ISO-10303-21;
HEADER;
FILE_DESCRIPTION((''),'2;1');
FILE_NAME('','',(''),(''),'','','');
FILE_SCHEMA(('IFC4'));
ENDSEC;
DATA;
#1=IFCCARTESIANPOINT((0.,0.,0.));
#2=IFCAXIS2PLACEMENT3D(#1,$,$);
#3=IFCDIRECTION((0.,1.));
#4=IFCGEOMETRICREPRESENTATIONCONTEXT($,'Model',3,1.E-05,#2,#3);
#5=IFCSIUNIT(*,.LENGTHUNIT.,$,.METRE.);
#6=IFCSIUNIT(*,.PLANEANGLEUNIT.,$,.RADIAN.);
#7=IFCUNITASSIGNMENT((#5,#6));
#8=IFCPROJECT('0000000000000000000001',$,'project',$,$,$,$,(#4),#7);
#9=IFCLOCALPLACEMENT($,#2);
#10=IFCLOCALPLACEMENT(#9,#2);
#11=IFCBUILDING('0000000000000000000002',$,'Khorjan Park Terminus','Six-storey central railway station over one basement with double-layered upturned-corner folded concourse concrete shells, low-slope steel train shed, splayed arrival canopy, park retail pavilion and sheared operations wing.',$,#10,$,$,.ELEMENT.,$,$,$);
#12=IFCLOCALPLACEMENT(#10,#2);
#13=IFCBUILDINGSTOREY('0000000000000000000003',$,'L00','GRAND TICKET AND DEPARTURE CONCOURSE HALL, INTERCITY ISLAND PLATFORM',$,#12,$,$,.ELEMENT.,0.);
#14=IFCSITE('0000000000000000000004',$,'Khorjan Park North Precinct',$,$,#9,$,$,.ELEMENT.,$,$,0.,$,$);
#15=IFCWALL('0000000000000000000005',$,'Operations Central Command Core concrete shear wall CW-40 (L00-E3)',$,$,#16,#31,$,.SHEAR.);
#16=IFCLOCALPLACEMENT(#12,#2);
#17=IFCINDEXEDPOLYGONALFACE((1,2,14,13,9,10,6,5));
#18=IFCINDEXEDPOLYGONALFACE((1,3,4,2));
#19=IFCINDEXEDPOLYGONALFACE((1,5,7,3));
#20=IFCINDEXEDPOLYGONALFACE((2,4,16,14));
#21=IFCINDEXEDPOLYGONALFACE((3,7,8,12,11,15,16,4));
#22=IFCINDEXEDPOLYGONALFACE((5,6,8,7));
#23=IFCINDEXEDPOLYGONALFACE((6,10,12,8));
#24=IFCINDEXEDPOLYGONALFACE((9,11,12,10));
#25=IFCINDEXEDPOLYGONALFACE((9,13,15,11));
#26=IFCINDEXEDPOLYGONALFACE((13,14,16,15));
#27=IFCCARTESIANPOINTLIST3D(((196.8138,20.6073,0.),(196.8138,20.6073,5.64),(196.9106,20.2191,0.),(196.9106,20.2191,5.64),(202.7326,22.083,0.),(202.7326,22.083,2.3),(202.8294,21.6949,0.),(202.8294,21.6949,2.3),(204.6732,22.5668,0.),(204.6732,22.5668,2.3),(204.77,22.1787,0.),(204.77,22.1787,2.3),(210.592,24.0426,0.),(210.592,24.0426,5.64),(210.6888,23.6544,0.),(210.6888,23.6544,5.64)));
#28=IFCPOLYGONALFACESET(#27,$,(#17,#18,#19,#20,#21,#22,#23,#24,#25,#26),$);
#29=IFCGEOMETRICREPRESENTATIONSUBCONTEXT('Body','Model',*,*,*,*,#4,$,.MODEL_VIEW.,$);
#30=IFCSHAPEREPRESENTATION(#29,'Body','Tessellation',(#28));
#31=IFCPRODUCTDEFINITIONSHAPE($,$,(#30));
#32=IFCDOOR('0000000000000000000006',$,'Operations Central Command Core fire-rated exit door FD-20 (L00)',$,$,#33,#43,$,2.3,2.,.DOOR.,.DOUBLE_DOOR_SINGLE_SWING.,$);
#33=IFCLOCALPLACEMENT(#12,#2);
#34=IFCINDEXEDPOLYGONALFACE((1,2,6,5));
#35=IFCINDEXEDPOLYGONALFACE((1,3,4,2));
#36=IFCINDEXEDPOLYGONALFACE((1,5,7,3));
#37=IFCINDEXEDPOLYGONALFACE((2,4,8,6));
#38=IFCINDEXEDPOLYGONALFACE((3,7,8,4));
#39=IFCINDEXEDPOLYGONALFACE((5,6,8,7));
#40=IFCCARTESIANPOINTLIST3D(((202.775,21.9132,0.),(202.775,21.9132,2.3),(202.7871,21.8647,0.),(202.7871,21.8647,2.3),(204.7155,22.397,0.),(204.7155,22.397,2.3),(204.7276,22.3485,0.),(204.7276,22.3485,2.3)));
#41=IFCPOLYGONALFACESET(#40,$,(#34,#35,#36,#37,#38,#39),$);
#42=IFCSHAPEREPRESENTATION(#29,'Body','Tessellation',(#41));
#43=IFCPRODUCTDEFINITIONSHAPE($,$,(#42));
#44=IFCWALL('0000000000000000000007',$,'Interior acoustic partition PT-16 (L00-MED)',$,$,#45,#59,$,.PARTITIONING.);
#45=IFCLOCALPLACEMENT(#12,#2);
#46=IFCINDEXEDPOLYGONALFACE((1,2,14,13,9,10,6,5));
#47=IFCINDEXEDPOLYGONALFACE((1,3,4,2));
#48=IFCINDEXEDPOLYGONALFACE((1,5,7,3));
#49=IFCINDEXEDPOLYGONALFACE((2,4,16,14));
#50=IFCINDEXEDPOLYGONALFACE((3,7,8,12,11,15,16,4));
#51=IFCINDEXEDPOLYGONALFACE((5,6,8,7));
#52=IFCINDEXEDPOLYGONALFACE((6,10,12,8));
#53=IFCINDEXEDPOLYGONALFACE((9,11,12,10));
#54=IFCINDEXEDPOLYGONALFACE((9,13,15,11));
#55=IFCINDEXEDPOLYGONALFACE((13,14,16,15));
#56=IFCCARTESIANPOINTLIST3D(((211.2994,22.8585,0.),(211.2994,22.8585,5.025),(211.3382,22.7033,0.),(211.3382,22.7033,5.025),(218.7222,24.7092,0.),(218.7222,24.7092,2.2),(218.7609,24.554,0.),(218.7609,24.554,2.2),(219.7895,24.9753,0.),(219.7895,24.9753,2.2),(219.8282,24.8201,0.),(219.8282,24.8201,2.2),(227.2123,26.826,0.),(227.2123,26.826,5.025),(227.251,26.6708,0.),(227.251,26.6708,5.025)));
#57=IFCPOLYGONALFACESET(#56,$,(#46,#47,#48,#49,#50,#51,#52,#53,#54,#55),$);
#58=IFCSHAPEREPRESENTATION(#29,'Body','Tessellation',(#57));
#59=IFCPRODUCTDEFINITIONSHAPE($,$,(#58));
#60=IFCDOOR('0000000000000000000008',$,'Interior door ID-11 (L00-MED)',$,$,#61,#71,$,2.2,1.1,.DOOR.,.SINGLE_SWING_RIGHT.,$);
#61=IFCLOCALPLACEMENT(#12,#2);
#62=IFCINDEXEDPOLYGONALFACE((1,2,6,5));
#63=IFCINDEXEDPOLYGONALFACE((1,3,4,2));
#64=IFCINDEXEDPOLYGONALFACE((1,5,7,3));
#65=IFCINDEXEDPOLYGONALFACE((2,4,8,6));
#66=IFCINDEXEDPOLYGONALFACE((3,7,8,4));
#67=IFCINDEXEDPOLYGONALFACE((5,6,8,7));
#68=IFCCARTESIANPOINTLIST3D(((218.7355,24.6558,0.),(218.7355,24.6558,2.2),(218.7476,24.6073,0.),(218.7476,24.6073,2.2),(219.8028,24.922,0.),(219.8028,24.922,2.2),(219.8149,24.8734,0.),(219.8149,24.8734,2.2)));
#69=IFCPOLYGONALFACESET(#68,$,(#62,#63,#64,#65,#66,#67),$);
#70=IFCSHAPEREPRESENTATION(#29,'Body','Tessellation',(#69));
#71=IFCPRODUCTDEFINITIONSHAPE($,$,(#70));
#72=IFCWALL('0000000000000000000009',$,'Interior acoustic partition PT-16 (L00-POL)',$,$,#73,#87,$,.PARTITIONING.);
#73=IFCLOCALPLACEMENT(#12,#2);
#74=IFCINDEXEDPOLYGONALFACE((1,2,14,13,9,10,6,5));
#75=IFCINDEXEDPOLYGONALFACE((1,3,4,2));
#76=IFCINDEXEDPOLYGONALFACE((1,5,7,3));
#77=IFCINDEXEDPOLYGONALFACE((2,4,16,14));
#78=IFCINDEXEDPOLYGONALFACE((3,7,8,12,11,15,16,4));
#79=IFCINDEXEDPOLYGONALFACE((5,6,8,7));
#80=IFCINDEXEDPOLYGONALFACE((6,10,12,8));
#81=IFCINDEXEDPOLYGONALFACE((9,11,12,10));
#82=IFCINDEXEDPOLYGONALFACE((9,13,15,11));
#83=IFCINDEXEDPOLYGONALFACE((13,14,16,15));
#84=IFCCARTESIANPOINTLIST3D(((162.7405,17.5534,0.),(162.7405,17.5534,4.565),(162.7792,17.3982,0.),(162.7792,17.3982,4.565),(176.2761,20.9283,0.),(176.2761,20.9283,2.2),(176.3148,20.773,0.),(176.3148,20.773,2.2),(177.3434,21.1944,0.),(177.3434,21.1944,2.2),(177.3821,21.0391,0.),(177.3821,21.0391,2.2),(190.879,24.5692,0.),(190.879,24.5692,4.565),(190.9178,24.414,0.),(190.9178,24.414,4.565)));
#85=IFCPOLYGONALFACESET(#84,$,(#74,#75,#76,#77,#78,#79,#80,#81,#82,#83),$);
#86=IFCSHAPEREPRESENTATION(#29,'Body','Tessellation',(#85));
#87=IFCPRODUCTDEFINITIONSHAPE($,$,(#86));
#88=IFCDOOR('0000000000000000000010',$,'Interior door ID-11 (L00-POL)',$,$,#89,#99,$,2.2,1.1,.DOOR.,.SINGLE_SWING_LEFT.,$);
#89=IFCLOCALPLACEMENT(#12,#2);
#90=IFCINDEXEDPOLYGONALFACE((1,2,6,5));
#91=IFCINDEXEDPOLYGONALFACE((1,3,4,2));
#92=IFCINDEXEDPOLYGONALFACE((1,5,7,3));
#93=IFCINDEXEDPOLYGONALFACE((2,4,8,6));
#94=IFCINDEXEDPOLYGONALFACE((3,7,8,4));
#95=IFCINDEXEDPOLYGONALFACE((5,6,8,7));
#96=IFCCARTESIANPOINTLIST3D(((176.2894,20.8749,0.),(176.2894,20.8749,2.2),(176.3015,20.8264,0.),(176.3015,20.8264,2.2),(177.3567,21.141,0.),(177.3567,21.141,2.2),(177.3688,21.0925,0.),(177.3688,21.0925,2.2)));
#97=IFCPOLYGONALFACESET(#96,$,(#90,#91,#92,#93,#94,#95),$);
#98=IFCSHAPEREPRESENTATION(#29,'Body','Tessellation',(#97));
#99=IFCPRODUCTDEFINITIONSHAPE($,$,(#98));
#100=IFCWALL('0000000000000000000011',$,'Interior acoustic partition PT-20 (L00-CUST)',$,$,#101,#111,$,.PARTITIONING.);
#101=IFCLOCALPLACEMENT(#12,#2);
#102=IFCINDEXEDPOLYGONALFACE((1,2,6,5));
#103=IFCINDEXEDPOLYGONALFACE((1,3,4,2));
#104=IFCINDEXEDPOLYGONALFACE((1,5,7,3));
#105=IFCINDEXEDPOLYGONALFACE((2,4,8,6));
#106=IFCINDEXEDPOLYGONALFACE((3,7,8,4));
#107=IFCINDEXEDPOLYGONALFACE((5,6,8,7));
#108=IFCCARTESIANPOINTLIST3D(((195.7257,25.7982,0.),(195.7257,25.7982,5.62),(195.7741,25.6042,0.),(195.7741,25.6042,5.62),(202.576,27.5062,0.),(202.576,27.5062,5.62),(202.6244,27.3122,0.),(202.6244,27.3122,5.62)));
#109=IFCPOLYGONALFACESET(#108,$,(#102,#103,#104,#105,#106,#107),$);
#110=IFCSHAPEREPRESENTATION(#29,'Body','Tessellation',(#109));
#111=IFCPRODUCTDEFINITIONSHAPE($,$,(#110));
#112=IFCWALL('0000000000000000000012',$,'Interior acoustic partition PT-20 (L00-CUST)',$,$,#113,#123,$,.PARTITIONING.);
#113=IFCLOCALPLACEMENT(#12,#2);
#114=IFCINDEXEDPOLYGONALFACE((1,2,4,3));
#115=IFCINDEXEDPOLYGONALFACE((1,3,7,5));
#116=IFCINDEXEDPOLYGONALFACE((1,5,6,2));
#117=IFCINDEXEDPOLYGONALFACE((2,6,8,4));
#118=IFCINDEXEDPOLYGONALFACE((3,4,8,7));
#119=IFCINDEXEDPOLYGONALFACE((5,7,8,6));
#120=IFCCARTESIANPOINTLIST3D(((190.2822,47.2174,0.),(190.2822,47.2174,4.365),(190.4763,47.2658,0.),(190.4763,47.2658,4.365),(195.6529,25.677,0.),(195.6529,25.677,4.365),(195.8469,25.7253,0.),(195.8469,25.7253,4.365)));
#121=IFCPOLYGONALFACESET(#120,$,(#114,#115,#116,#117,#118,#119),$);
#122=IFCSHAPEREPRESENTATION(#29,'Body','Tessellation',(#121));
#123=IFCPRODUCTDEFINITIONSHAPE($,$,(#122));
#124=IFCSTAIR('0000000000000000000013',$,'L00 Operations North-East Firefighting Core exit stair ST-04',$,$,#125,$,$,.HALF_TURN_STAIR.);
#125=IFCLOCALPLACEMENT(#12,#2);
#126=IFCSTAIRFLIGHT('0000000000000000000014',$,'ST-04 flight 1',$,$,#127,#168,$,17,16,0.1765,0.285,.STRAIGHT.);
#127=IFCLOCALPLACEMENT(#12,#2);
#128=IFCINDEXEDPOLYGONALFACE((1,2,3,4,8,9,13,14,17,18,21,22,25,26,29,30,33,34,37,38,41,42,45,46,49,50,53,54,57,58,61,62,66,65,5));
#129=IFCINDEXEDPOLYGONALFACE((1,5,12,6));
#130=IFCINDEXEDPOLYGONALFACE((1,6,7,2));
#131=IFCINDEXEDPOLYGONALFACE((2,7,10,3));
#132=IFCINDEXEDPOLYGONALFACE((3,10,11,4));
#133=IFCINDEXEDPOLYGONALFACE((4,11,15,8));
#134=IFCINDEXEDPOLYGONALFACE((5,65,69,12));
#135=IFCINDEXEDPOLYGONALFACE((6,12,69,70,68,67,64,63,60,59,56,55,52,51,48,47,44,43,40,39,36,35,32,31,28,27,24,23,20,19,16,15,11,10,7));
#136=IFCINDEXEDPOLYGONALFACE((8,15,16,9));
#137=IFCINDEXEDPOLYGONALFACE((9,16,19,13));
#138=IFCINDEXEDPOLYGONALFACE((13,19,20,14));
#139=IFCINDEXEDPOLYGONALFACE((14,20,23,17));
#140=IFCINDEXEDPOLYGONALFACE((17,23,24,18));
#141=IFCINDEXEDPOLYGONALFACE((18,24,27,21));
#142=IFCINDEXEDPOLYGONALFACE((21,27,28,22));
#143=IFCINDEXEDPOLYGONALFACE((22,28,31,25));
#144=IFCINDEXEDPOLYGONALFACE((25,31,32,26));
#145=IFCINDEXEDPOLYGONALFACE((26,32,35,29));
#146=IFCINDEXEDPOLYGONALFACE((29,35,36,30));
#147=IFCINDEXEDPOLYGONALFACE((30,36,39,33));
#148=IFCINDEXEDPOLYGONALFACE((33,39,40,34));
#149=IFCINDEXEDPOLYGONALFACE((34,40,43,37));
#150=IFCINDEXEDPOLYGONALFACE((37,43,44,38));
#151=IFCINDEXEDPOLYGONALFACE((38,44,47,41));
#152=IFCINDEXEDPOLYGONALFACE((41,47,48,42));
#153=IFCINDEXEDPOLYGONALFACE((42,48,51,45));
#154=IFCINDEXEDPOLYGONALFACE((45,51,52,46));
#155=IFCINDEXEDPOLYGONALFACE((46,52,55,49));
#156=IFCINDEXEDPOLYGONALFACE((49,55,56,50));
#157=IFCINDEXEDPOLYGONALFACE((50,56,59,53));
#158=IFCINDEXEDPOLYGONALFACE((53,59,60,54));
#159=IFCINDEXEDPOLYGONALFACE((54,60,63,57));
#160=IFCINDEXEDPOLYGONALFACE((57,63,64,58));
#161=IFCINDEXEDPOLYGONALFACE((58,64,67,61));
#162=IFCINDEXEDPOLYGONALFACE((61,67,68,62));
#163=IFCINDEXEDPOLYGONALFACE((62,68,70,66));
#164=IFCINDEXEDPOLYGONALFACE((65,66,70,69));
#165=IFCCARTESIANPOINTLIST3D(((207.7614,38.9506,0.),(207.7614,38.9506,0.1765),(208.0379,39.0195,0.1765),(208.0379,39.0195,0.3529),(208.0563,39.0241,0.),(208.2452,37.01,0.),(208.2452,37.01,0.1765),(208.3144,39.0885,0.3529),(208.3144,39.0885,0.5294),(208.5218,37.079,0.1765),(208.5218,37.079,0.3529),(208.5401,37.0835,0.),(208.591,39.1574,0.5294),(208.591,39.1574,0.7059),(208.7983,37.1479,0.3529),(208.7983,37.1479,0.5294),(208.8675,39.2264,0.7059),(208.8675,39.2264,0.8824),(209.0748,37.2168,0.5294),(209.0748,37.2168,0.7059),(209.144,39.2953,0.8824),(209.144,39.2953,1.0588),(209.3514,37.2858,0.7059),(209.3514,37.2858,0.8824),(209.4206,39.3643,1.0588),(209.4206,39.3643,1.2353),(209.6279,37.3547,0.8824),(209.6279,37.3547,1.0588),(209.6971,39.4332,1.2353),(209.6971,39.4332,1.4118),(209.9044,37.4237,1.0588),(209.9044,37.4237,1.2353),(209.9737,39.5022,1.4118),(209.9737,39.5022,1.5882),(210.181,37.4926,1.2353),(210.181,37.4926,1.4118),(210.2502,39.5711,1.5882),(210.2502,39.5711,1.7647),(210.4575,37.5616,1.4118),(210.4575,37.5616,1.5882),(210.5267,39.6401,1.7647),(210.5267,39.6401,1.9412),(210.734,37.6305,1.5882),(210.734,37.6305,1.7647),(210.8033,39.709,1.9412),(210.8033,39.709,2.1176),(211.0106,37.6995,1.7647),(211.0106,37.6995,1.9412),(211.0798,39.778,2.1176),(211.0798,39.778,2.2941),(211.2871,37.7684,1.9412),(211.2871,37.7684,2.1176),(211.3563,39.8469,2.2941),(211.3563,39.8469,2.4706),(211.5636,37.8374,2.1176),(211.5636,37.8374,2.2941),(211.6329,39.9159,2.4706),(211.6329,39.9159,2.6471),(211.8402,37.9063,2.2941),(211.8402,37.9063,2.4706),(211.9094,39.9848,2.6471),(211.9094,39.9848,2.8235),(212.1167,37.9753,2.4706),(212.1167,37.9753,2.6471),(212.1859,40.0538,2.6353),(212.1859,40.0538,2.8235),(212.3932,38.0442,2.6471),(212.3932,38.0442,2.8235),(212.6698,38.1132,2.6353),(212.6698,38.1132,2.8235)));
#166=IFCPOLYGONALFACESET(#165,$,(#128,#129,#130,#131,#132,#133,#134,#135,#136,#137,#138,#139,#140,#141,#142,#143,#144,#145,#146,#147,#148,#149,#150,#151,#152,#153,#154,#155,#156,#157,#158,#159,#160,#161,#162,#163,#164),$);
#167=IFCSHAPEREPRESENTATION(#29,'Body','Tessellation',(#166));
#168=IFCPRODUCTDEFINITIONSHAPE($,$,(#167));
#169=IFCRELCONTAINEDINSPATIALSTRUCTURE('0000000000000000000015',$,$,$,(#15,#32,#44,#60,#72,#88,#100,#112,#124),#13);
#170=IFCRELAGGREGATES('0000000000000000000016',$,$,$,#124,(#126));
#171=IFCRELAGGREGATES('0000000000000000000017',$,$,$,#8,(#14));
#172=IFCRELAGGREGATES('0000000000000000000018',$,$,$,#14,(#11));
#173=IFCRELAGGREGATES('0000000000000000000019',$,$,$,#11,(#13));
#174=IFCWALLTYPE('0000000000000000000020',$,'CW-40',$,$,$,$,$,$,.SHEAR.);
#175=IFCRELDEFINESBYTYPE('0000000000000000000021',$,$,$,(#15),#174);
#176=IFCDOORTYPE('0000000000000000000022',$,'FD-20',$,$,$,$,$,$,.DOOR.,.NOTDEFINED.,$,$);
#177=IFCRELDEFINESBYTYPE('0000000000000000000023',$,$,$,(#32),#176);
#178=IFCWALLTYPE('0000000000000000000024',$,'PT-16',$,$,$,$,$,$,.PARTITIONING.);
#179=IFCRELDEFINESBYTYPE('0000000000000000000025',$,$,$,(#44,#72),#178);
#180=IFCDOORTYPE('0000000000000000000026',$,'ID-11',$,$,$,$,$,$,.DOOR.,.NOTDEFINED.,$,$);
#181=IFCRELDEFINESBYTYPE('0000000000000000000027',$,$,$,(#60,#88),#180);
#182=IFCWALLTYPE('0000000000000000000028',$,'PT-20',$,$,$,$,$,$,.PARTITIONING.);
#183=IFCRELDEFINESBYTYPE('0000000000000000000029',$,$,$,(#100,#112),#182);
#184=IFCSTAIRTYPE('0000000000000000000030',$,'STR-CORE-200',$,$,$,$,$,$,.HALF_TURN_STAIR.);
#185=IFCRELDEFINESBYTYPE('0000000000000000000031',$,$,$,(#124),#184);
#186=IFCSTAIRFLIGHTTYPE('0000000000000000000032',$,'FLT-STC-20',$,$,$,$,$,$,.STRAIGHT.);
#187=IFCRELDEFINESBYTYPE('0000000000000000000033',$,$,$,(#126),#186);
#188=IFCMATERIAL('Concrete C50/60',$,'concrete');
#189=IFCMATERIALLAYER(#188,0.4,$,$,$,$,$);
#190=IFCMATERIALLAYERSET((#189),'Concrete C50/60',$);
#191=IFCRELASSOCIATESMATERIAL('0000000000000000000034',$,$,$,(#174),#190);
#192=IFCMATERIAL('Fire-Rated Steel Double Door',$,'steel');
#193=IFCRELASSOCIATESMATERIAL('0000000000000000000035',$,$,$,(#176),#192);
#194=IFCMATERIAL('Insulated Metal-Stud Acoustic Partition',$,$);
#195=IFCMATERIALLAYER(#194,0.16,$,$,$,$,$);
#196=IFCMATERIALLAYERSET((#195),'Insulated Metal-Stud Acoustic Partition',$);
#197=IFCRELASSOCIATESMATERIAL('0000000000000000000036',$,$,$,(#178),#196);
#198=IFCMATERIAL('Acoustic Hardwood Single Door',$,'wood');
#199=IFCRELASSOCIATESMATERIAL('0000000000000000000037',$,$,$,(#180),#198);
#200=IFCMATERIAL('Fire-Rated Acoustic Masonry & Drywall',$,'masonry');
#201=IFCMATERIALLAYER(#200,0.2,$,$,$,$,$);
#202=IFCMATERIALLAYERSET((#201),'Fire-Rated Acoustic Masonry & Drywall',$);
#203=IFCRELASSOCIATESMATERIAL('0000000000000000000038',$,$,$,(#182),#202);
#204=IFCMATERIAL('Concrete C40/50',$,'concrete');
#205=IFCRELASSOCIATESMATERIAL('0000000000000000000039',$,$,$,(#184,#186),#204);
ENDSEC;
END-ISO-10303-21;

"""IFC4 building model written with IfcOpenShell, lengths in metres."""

from ifc_helpers import new_model, si_unit, direction, frame, frame_2d, origin, place, context, subcontext, project, spatial, polyline, rectangle, outline, extrude, material, layer, layer_set, type_object, element, fill, aggregate, save


model = new_model("IFC4")

# Units and contexts
model_context = context("Model", 3, precision=1e-05, world=origin(), true_north=direction((0.0, 1.0)))
body_context = subcontext(model_context, "Body", "Model", "MODEL_VIEW")
ifc_project = project(units=[si_unit("LENGTHUNIT", "METRE"), si_unit("PLANEANGLEUNIT", "RADIAN")], contexts=[model_context])

# Site, building, storey
site_placement = place(None, origin())
site = spatial("IfcSite", under=ifc_project, at=site_placement, Name="Khorjan Park North Precinct", CompositionType="ELEMENT", RefElevation=0.0)
building_placement = place(site_placement, origin())
building = spatial("IfcBuilding", under=site, at=building_placement, Name="Khorjan Park Terminus", Description="Six-storey central railway station over one basement with double-layered upturned-corner folded concourse concrete shells, low-slope steel train shed, splayed arrival canopy, park retail pavilion and sheared operations wing.", CompositionType="ELEMENT")
storey_placement = place(building_placement, origin())
storey = spatial("IfcBuildingStorey", under=building, at=storey_placement, Name="L00", Description="GRAND TICKET AND DEPARTURE CONCOURSE HALL, INTERCITY ISLAND PLATFORM", CompositionType="ELEMENT", Elevation=0.0)

# Shared definitions
ifc_material_1 = material(Name="Concrete C50/60", Category="concrete")

# Shared definitions
ifc_material_2 = material(Name="Concrete C40/50", Category="concrete")

# Shared definitions
ifc_layer_1 = layer(ifc_material_1, 0.4)
ifc_layer_set_1 = layer_set([ifc_layer_1], Name="Concrete C50/60")
wall_type_1 = type_object("IfcWallType", Name="CW-40", PredefinedType="SHEAR", material=ifc_layer_set_1)

# Walls, openings, doors
wall_1_placement = place(storey_placement, frame((210.6404, 23.8485, 0.0), z_axis=(0.0, 0.0, 1.0), x_axis=(-0.970296, -0.241922, 0.0)))
wall_1 = element("IfcWall", 1, at=wall_1_placement, inside=storey, type_object=wall_type_1, Name="Operations Central Command Core concrete shear wall CW-40 (L00-E3)", PredefinedType="SHEAR", context=body_context, shape_type="SweptSolid", body=[
    extrude(rectangle(XDim=14.2, YDim=0.4, at=frame_2d((7.1, 0.0))), origin(), (0.0, 0.0, 1.0), 5.64),
])
opening_1_placement = place(wall_1_placement, frame((6.1, 0.0, 0.0)))
opening_1 = element("IfcOpeningElement", 2, at=opening_1_placement, cuts=wall_1, PredefinedType="OPENING", context=body_context, shape_type="SweptSolid", body=[
    extrude(rectangle(XDim=2.0, YDim=2.3, at=frame_2d((1.0, 1.15))), frame((0.0, 0.21, 0.0), z_axis=(0.0, -1.0, 0.0), x_axis=(1.0, 0.0, 0.0)), (0.0, 0.0, 1.0), 0.42),
])
ifc_material_3 = material(Name="Fire-Rated Steel Double Door", Category="steel")
door_type_1 = type_object("IfcDoorType", Name="FD-20", OperationType="NOTDEFINED", PredefinedType="DOOR", material=ifc_material_3)
door_1_placement = place(opening_1_placement, origin())
door_1 = element("IfcDoor", 3, at=door_1_placement, inside=storey, type_object=door_type_1, Name="Operations Central Command Core fire-rated exit door FD-20 (L00)", OperationType="DOUBLE_DOOR_SINGLE_SWING", OverallHeight=2.3, OverallWidth=2.0, PredefinedType="DOOR", context=body_context, shape_type="SweptSolid", body=[
    extrude(rectangle(XDim=2.0, YDim=2.3, at=frame_2d((1.0, 1.15))), frame((0.0, 0.025, 0.0), z_axis=(0.0, -1.0, 0.0), x_axis=(1.0, 0.0, 0.0)), (0.0, 0.0, 1.0), 0.05),
])
fill(opening_1, door_1)
ifc_material_4 = material(Name="Insulated Metal-Stud Acoustic Partition")
ifc_layer_2 = layer(ifc_material_4, 0.16)
ifc_layer_set_2 = layer_set([ifc_layer_2], Name="Insulated Metal-Stud Acoustic Partition")
wall_type_2 = type_object("IfcWallType", Name="PT-16", PredefinedType="PARTITIONING", material=ifc_layer_set_2)
wall_2_placement = place(storey_placement, frame((211.3188, 22.7809, 0.0), z_axis=(0.0, 0.0, 1.0), x_axis=(0.970296, 0.24192, 0.0)))
wall_2 = element("IfcWall", 4, at=wall_2_placement, inside=storey, type_object=wall_type_2, Name="Interior acoustic partition PT-16 (L00-MED)", PredefinedType="PARTITIONING", context=body_context, shape_type="SweptSolid", body=[
    extrude(rectangle(XDim=16.4, YDim=0.16, at=frame_2d((8.2, 0.0))), origin(), (0.0, 0.0, 1.0), 5.025),
])
opening_2_placement = place(wall_2_placement, frame((7.65, 0.0, 0.0)))
opening_2 = element("IfcOpeningElement", 5, at=opening_2_placement, cuts=wall_2, PredefinedType="OPENING", context=body_context, shape_type="SweptSolid", body=[
    extrude(rectangle(XDim=1.1, YDim=2.2, at=frame_2d((0.55, 1.1))), frame((0.0, 0.09, 0.0), z_axis=(0.0, -1.0, 0.0), x_axis=(1.0, 0.0, 0.0)), (0.0, 0.0, 1.0), 0.18),
])
ifc_material_5 = material(Name="Acoustic Hardwood Single Door", Category="wood")
door_type_2 = type_object("IfcDoorType", Name="ID-11", OperationType="NOTDEFINED", PredefinedType="DOOR", material=ifc_material_5)
door_2_placement = place(opening_2_placement, origin())
door_2 = element("IfcDoor", 6, at=door_2_placement, inside=storey, type_object=door_type_2, Name="Interior door ID-11 (L00-MED)", OperationType="SINGLE_SWING_RIGHT", OverallHeight=2.2, OverallWidth=1.1, PredefinedType="DOOR", context=body_context, shape_type="SweptSolid", body=[
    extrude(rectangle(XDim=1.1, YDim=2.2, at=frame_2d((0.55, 1.1))), frame((0.0, 0.025, 0.0), z_axis=(0.0, -1.0, 0.0), x_axis=(1.0, 0.0, 0.0)), (0.0, 0.0, 1.0), 0.05),
])
fill(opening_2, door_2)
wall_3_placement = place(storey_placement, frame((190.8984, 24.4916, 0.0), z_axis=(0.0, 0.0, 1.0), x_axis=(-0.970295, -0.241924, 0.0)))
wall_3 = element("IfcWall", 7, at=wall_3_placement, inside=storey, type_object=wall_type_2, Name="Interior acoustic partition PT-16 (L00-POL)", PredefinedType="PARTITIONING", context=body_context, shape_type="SweptSolid", body=[
    extrude(rectangle(XDim=29.0, YDim=0.16, at=frame_2d((14.5, 0.0))), origin(), (0.0, 0.0, 1.0), 4.565),
])
opening_3_placement = place(wall_3_placement, frame((13.95, 0.0, 0.0)))
opening_3 = element("IfcOpeningElement", 8, at=opening_3_placement, cuts=wall_3, PredefinedType="OPENING", context=body_context, shape_type="SweptSolid", body=[
    extrude(rectangle(XDim=1.1, YDim=2.2, at=frame_2d((0.55, 1.1))), frame((0.0, 0.09, 0.0), z_axis=(0.0, -1.0, 0.0), x_axis=(1.0, 0.0, 0.0)), (0.0, 0.0, 1.0), 0.18),
])
door_3_placement = place(opening_3_placement, origin())
door_3 = element("IfcDoor", 9, at=door_3_placement, inside=storey, type_object=door_type_2, Name="Interior door ID-11 (L00-POL)", OperationType="SINGLE_SWING_LEFT", OverallHeight=2.2, OverallWidth=1.1, PredefinedType="DOOR", context=body_context, shape_type="SweptSolid", body=[
    extrude(rectangle(XDim=1.1, YDim=2.2, at=frame_2d((0.55, 1.1))), frame((0.0, 0.025, 0.0), z_axis=(0.0, -1.0, 0.0), x_axis=(1.0, 0.0, 0.0)), (0.0, 0.0, 1.0), 0.05),
])
fill(opening_3, door_3)

# Walls
ifc_material_6 = material(Name="Fire-Rated Acoustic Masonry & Drywall", Category="masonry")
ifc_layer_3 = layer(ifc_material_6, 0.2)
ifc_layer_set_3 = layer_set([ifc_layer_3], Name="Fire-Rated Acoustic Masonry & Drywall")
wall_type_3 = type_object("IfcWallType", Name="PT-20", PredefinedType="PARTITIONING", material=ifc_layer_set_3)
wall_4_placement = place(storey_placement, frame((202.6002, 27.4092, 0.0), z_axis=(0.0, 0.0, 1.0), x_axis=(-0.970295, -0.241926, 0.0)))
element("IfcWall", 10, at=wall_4_placement, inside=storey, type_object=wall_type_3, Name="Interior acoustic partition PT-20 (L00-CUST)", PredefinedType="PARTITIONING", context=body_context, shape_type="SweptSolid", body=[
    extrude(rectangle(XDim=7.06, YDim=0.2, at=frame_2d((3.53, 0.0))), origin(), (0.0, 0.0, 1.0), 5.62),
])
wall_5_placement = place(storey_placement, frame((195.7499, 25.7012, 0.0), z_axis=(0.0, 0.0, 1.0), x_axis=(-0.241924, 0.970295, 0.0)))
element("IfcWall", 11, at=wall_5_placement, inside=storey, type_object=wall_type_3, Name="Interior acoustic partition PT-20 (L00-CUST)", PredefinedType="PARTITIONING", context=body_context, shape_type="SweptSolid", body=[
    extrude(rectangle(XDim=22.1999, YDim=0.2, at=frame_2d((11.0999, 0.0))), origin(), (0.0, 0.0, 1.0), 4.365),
])

# Stair, stair flight
stair_type = type_object("IfcStairType", Name="STR-CORE-200", PredefinedType="HALF_TURN_STAIR", material=ifc_material_2)
stair_placement = place(storey_placement, origin())
stair = element("IfcStair", 12, at=stair_placement, inside=storey, type_object=stair_type, Name="L00 Operations North-East Firefighting Core exit stair ST-04", PredefinedType="HALF_TURN_STAIR")
stair_flight_type = type_object("IfcStairFlightType", Name="FLT-STC-20", PredefinedType="STRAIGHT", material=ifc_material_2)
stair_flight_placement = place(storey_placement, frame((208.0033, 37.9803, 0.0), z_axis=(0.0, 0.0, 1.0), x_axis=(0.970296, 0.241922, 0.0)))
stair_flight = element("IfcStairFlight", 13, at=stair_flight_placement, type_object=stair_flight_type, Name="ST-04 flight 1", NumberOfRisers=17, NumberOfTreads=16, PredefinedType="STRAIGHT", RiserHeight=0.1765, TreadLength=0.285, context=body_context, shape_type="SweptSolid", body=[
    extrude(outline(polyline([(0.0, 0.0), (0.0, 0.1765), (0.285, 0.1765), (0.285, 0.3529), (0.57, 0.3529), (0.57, 0.5294), (0.855, 0.5294), (0.855, 0.7059), (1.14, 0.7059), (1.14, 0.8824), (1.425, 0.8824), (1.425, 1.0588), (1.71, 1.0588), (1.71, 1.2353), (1.995, 1.2353), (1.995, 1.4118), (2.28, 1.4118), (2.28, 1.5882), (2.565, 1.5882), (2.565, 1.7647), (2.85, 1.7647), (2.85, 1.9412), (3.135, 1.9412), (3.135, 2.1176), (3.42, 2.1176), (3.42, 2.2941), (3.705, 2.2941), (3.705, 2.4706), (3.99, 2.4706), (3.99, 2.6471), (4.275, 2.6471), (4.275, 2.8235), (4.56, 2.8235), (4.56, 3.0), (4.56, 2.6353), (0.3039, 0.0), (0.0, 0.0)])), frame((0.0, 1.0, 0.0), z_axis=(0.0, -1.0, 0.0), x_axis=(1.0, 0.0, 0.0)), (0.0, 0.0, 1.0), 2.0),
])
aggregate(stair, [stair_flight])

save(model, "model.ifc")
